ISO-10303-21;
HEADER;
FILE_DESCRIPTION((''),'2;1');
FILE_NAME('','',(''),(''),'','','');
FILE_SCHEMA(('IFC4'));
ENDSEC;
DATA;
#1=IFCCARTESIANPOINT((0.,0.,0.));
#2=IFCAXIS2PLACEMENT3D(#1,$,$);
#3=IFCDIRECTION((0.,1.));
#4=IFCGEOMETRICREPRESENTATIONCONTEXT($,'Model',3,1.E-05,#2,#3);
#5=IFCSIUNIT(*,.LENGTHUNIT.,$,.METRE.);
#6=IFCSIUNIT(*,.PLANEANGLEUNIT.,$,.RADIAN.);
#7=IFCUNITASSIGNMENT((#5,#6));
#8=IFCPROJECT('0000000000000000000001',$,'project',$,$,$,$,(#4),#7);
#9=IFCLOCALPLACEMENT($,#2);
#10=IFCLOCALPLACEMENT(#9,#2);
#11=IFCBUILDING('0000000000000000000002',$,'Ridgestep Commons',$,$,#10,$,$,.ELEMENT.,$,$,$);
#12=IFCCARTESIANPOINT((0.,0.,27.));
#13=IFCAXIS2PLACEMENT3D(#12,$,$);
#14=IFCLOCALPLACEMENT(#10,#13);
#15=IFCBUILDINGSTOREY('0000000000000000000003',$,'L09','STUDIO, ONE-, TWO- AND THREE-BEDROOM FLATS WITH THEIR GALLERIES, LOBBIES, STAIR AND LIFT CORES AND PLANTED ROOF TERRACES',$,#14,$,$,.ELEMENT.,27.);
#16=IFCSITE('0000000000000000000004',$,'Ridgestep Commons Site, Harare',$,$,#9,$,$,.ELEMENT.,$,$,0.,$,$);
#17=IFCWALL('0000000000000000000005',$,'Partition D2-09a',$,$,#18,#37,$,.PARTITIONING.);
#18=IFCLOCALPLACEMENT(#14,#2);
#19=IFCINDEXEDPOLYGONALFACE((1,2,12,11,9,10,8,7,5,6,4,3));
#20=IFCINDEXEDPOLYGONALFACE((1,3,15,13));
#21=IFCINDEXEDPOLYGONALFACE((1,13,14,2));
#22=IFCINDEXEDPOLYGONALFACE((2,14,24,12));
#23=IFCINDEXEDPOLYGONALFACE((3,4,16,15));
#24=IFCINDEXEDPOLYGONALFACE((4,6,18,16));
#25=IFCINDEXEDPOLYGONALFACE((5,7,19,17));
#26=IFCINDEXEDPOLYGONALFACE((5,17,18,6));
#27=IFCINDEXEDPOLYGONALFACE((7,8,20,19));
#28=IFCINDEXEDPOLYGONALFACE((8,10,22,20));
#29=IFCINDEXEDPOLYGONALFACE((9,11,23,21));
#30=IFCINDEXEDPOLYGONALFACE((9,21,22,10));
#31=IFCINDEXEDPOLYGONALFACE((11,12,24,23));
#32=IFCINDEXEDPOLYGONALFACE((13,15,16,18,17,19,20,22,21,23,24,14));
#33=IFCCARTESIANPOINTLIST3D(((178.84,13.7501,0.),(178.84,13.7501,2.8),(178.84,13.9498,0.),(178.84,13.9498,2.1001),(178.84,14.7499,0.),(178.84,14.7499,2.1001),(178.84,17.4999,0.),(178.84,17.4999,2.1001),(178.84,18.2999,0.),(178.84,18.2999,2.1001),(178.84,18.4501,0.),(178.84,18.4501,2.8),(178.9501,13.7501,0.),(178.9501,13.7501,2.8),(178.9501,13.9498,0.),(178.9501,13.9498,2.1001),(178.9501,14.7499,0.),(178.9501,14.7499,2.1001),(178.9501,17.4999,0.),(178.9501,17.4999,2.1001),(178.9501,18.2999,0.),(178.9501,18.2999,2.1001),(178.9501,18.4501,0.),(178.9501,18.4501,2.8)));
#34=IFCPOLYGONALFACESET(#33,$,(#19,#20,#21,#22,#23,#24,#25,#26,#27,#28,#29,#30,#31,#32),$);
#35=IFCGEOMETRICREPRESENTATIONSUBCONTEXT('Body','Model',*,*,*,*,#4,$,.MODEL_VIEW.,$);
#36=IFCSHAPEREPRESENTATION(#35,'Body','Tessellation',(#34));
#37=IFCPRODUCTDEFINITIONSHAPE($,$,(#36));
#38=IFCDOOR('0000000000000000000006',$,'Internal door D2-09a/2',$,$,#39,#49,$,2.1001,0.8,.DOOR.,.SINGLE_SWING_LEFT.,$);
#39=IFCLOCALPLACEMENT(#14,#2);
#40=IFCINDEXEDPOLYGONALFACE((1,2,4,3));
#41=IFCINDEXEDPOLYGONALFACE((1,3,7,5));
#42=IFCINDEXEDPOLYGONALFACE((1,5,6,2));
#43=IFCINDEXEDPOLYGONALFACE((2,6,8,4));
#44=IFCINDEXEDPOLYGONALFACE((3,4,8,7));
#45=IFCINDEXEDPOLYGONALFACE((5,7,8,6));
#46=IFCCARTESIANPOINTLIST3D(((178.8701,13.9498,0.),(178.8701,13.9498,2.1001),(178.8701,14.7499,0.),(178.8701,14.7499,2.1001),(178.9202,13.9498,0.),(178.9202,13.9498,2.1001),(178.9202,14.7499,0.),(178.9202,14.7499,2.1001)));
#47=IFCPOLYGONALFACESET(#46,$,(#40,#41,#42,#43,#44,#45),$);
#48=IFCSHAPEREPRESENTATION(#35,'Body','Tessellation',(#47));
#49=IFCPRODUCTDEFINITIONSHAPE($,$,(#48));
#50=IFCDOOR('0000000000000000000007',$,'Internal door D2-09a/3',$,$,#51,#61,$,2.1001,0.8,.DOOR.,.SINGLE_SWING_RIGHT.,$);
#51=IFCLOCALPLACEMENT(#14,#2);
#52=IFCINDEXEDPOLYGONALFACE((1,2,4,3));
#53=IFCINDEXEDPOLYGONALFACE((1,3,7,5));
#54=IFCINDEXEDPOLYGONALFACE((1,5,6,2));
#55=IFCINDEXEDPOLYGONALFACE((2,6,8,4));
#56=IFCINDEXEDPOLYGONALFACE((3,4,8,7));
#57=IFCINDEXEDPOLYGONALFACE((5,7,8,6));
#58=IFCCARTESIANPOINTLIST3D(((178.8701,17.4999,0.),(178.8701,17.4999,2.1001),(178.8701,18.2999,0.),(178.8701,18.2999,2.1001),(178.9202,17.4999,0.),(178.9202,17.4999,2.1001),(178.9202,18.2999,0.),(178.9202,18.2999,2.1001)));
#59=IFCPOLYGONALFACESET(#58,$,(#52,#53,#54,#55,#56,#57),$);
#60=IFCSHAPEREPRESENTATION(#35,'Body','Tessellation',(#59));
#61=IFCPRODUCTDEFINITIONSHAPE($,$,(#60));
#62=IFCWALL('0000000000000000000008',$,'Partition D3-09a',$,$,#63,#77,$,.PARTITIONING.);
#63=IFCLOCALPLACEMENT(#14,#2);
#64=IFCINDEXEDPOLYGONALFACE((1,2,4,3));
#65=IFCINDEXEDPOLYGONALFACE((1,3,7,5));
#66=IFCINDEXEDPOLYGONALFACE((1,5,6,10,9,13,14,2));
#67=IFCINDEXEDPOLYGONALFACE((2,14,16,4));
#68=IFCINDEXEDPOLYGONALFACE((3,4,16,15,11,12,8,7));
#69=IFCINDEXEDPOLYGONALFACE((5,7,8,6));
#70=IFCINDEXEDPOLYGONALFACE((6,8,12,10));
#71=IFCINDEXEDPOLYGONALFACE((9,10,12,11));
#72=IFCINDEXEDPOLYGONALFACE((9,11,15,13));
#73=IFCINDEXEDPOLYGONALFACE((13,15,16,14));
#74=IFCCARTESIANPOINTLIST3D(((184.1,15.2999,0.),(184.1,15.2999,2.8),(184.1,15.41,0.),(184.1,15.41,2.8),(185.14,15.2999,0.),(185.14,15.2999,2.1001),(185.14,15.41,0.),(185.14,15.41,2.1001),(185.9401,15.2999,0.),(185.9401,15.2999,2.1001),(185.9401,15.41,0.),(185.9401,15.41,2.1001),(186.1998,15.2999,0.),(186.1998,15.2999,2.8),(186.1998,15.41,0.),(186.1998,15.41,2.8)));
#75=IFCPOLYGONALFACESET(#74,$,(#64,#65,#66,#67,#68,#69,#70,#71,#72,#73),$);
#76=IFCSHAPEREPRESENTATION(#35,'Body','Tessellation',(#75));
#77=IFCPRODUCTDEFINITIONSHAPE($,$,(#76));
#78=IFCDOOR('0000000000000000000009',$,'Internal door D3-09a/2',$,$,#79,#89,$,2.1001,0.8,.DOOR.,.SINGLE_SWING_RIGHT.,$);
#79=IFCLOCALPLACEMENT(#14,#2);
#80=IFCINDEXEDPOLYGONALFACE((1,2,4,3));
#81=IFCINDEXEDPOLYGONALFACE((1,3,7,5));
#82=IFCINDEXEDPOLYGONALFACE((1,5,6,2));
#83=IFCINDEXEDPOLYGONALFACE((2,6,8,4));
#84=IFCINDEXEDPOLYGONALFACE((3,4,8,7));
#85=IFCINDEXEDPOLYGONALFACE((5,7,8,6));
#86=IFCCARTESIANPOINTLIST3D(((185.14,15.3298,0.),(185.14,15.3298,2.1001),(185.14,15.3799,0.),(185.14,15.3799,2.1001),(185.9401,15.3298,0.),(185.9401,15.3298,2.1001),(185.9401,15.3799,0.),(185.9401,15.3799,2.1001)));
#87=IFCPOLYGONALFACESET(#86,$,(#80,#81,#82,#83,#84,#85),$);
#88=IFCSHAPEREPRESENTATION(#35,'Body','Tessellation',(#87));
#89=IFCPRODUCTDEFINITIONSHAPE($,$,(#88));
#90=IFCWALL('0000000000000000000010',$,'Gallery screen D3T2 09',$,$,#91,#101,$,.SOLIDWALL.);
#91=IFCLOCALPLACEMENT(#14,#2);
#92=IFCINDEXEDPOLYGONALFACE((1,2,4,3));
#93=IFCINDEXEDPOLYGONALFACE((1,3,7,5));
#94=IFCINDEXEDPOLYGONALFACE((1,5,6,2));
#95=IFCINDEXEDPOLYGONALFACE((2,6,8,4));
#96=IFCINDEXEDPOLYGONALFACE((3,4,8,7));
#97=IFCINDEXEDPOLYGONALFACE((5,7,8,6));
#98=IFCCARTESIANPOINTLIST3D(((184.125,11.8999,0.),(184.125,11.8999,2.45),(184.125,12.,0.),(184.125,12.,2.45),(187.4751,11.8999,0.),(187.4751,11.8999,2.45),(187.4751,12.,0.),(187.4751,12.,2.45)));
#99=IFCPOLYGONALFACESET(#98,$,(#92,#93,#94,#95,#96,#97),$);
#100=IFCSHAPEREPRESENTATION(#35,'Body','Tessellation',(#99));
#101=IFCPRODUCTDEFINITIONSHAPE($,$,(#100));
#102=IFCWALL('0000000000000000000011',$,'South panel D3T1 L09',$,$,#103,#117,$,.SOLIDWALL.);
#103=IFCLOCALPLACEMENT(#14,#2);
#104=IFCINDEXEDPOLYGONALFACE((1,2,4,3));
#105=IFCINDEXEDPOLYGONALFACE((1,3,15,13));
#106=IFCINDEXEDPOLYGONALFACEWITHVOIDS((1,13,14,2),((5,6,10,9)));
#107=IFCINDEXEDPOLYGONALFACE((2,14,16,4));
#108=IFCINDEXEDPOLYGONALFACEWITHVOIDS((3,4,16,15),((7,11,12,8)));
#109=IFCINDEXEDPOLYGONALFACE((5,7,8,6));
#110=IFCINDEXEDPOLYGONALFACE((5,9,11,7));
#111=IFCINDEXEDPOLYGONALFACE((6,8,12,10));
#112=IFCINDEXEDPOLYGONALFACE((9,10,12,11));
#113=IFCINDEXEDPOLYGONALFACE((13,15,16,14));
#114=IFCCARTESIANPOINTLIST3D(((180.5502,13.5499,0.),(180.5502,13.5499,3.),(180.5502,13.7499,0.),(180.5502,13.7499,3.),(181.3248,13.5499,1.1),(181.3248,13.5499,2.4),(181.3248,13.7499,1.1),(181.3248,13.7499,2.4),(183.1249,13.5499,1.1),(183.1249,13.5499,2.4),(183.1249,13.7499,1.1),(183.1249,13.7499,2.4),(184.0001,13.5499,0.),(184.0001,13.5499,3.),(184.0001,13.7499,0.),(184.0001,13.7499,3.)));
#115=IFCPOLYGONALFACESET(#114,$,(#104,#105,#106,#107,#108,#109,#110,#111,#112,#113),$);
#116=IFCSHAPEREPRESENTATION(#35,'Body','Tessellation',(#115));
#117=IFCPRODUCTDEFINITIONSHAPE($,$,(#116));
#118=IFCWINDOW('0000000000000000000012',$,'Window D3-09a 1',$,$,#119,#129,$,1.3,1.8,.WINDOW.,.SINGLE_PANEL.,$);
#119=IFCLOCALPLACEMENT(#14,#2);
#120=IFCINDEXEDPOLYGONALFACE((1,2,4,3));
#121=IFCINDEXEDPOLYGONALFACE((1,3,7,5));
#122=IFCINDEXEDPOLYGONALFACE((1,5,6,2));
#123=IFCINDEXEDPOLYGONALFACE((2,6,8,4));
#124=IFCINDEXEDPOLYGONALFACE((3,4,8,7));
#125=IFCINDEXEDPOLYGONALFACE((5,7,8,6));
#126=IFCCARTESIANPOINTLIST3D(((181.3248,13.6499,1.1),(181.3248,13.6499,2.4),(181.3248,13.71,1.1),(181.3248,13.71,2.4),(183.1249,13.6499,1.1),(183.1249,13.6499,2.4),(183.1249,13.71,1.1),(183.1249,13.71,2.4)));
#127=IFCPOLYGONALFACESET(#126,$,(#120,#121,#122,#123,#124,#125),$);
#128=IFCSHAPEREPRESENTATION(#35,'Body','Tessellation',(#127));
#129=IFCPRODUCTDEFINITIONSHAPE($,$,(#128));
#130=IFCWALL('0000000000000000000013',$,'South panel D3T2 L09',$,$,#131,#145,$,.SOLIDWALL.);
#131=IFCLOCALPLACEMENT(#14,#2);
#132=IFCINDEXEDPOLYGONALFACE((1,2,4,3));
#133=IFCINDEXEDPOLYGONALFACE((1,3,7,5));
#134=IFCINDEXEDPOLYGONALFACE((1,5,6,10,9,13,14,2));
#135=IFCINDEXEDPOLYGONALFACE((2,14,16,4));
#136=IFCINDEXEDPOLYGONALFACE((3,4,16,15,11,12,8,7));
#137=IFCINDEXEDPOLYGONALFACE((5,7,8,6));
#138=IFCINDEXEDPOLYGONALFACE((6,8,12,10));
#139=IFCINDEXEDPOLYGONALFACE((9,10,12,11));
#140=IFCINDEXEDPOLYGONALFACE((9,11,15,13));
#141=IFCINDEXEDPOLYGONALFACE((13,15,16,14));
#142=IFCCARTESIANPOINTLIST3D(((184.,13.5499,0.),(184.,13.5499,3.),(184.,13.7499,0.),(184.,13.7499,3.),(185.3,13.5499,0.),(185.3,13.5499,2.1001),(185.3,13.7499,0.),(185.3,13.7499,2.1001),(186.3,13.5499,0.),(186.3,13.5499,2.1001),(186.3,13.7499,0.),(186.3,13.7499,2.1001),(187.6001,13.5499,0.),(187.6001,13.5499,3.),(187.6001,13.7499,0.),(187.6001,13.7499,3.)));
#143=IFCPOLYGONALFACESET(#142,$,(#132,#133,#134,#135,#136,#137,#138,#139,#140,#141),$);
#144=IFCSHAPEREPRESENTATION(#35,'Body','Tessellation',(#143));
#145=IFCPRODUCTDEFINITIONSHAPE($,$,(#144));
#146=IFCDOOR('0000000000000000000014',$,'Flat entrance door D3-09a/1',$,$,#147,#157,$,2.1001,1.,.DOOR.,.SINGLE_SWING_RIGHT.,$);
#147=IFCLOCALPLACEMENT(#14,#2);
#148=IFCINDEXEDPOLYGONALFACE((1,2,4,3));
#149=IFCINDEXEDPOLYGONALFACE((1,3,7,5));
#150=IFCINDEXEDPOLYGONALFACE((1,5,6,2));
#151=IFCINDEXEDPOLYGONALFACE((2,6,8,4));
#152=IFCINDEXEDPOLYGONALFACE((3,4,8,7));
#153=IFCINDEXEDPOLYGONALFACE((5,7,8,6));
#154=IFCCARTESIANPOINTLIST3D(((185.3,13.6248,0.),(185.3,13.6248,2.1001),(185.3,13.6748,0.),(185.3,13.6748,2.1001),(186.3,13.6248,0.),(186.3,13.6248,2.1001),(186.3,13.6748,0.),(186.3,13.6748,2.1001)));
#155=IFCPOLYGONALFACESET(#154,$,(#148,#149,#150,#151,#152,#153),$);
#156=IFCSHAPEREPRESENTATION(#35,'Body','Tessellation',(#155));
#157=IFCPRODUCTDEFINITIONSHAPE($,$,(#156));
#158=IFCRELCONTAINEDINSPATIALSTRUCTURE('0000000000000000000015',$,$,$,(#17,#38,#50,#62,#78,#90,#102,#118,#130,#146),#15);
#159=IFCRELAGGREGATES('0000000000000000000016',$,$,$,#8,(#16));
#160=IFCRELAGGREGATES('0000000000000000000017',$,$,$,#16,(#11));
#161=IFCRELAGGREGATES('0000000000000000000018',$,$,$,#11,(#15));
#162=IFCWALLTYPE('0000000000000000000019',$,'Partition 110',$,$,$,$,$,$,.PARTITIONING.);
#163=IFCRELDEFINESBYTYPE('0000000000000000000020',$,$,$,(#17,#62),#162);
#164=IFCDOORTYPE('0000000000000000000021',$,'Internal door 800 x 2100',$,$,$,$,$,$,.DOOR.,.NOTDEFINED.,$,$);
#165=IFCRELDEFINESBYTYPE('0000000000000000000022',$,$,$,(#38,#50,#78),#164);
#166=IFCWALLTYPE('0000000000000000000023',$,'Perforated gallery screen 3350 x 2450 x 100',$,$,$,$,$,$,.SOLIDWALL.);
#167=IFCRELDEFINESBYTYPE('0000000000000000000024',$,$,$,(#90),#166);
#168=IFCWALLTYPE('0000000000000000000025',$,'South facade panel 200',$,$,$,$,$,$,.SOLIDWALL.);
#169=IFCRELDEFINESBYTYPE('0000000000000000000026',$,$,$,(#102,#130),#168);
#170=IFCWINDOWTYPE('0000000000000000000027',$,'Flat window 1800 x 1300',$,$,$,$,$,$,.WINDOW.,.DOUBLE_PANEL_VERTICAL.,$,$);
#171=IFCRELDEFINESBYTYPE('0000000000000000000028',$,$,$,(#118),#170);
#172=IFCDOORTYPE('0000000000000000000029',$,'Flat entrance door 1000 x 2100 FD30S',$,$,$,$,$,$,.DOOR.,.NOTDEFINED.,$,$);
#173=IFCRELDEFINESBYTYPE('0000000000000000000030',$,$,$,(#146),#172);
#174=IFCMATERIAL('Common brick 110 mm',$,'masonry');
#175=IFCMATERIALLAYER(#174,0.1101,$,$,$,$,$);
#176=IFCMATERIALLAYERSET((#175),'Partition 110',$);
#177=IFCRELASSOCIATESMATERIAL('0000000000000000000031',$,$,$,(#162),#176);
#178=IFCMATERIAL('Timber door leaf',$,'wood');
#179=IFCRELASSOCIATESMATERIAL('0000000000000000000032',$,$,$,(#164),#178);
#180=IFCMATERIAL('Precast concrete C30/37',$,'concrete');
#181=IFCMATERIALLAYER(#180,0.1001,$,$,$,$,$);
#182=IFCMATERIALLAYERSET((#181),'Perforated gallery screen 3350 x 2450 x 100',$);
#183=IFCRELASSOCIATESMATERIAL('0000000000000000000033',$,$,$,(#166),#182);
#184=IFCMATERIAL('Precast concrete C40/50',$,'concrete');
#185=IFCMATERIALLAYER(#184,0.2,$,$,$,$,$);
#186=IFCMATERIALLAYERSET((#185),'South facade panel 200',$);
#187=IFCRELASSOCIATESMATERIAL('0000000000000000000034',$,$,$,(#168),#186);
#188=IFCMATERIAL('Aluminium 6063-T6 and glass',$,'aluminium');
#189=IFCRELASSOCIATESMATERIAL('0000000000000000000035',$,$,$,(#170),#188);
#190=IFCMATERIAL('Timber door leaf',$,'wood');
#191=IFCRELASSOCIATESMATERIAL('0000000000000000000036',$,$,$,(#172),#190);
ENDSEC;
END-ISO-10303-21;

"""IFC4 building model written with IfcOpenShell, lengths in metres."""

from ifc_helpers import new_model, si_unit, direction, frame, frame_2d, origin, place, context, subcontext, project, spatial, rectangle, extrude, material, layer, layer_set, type_object, element, fill, save


model = new_model("IFC4")

# Units and contexts
model_context = context("Model", 3, precision=1e-05, world=origin(), true_north=direction((0.0, 1.0)))
body_context = subcontext(model_context, "Body", "Model", "MODEL_VIEW")
ifc_project = project(units=[si_unit("LENGTHUNIT", "METRE"), si_unit("PLANEANGLEUNIT", "RADIAN")], contexts=[model_context])

# Site, building, storey
site_placement = place(None, origin())
site = spatial("IfcSite", under=ifc_project, at=site_placement, Name="Ridgestep Commons Site, Harare", CompositionType="ELEMENT", RefElevation=0.0)
building_placement = place(site_placement, origin())
building = spatial("IfcBuilding", under=site, at=building_placement, Name="Ridgestep Commons", CompositionType="ELEMENT")
storey_placement = place(building_placement, frame((0.0, 0.0, 27.0)))
storey = spatial("IfcBuildingStorey", under=building, at=storey_placement, Name="L09", Description="STUDIO, ONE-, TWO- AND THREE-BEDROOM FLATS WITH THEIR GALLERIES, LOBBIES, STAIR AND LIFT CORES AND PLANTED ROOF TERRACES", CompositionType="ELEMENT", Elevation=27.0)

# Wall, openings, doors
ifc_material_1 = material(Name="Common brick 110 mm", Category="masonry")
ifc_layer_1 = layer(ifc_material_1, 0.1101)
ifc_layer_set_1 = layer_set([ifc_layer_1], Name="Partition 110")
wall_type_1 = type_object("IfcWallType", Name="Partition 110", PredefinedType="PARTITIONING", material=ifc_layer_set_1)
wall_1_placement = place(storey_placement, frame((178.895, 13.75, 0.0), z_axis=(0.0, 0.0, 1.0), x_axis=(0.0, 1.0, 0.0)))
wall_1 = element("IfcWall", 1, at=wall_1_placement, inside=storey, type_object=wall_type_1, Name="Partition D2-09a", PredefinedType="PARTITIONING", context=body_context, shape_type="SweptSolid", body=[
    extrude(rectangle(XDim=4.7, YDim=0.1101, at=frame_2d((2.3501, 0.0))), origin(), (0.0, 0.0, 1.0), 2.8),
])
opening_1_placement = place(wall_1_placement, frame((0.2, 0.0, 0.0)))
opening_1 = element("IfcOpeningElement", 2, at=opening_1_placement, cuts=wall_1, PredefinedType="OPENING", context=body_context, shape_type="SweptSolid", body=[
    extrude(rectangle(XDim=0.8, YDim=2.1001, at=frame_2d((0.3999, 1.05))), frame((0.0, 0.0649, 0.0), z_axis=(0.0, -1.0, 0.0), x_axis=(1.0, 0.0, 0.0)), (0.0, 0.0, 1.0), 0.1301),
])
opening_2_placement = place(wall_1_placement, frame((3.75, 0.0, 0.0)))
opening_2 = element("IfcOpeningElement", 3, at=opening_2_placement, cuts=wall_1, PredefinedType="OPENING", context=body_context, shape_type="SweptSolid", body=[
    extrude(rectangle(XDim=0.8, YDim=2.1001, at=frame_2d((0.3999, 1.05))), frame((0.0, 0.0649, 0.0), z_axis=(0.0, -1.0, 0.0), x_axis=(1.0, 0.0, 0.0)), (0.0, 0.0, 1.0), 0.1301),
])
ifc_material_2 = material(Name="Timber door leaf", Category="wood")
door_type_1 = type_object("IfcDoorType", Name="Internal door 800 x 2100", OperationType="NOTDEFINED", PredefinedType="DOOR", material=ifc_material_2)
door_1_placement = place(opening_1_placement, origin())
door_1 = element("IfcDoor", 4, at=door_1_placement, inside=storey, type_object=door_type_1, Name="Internal door D2-09a/2", OperationType="SINGLE_SWING_LEFT", OverallHeight=2.1001, OverallWidth=0.8, PredefinedType="DOOR", context=body_context, shape_type="SweptSolid", body=[
    extrude(rectangle(XDim=0.8, YDim=2.1001, at=frame_2d((0.3999, 1.05))), frame((0.0, 0.0249, 0.0), z_axis=(0.0, -1.0, 0.0), x_axis=(1.0, 0.0, 0.0)), (0.0, 0.0, 1.0), 0.05),
])
fill(opening_1, door_1)
door_2_placement = place(opening_2_placement, origin())
door_2 = element("IfcDoor", 5, at=door_2_placement, inside=storey, type_object=door_type_1, Name="Internal door D2-09a/3", OperationType="SINGLE_SWING_RIGHT", OverallHeight=2.1001, OverallWidth=0.8, PredefinedType="DOOR", context=body_context, shape_type="SweptSolid", body=[
    extrude(rectangle(XDim=0.8, YDim=2.1001, at=frame_2d((0.3999, 1.05))), frame((0.0, 0.0249, 0.0), z_axis=(0.0, -1.0, 0.0), x_axis=(1.0, 0.0, 0.0)), (0.0, 0.0, 1.0), 0.05),
])
fill(opening_2, door_2)

# Wall, opening, door
wall_2_placement = place(storey_placement, frame((184.1001, 15.355, 0.0), z_axis=(0.0, 0.0, 1.0), x_axis=(1.0, 0.0, 0.0)))
wall_2 = element("IfcWall", 6, at=wall_2_placement, inside=storey, type_object=wall_type_1, Name="Partition D3-09a", PredefinedType="PARTITIONING", context=body_context, shape_type="SweptSolid", body=[
    extrude(rectangle(XDim=2.0999, YDim=0.1101, at=frame_2d((1.0498, 0.0))), origin(), (0.0, 0.0, 1.0), 2.8),
])
opening_3_placement = place(wall_2_placement, frame((1.04, 0.0, 0.0)))
opening_3 = element("IfcOpeningElement", 7, at=opening_3_placement, cuts=wall_2, PredefinedType="OPENING", context=body_context, shape_type="SweptSolid", body=[
    extrude(rectangle(XDim=0.8, YDim=2.1001, at=frame_2d((0.3999, 1.05))), frame((0.0, 0.0649, 0.0), z_axis=(0.0, -1.0, 0.0), x_axis=(1.0, 0.0, 0.0)), (0.0, 0.0, 1.0), 0.1301),
])
door_3_placement = place(opening_3_placement, origin())
door_3 = element("IfcDoor", 8, at=door_3_placement, inside=storey, type_object=door_type_1, Name="Internal door D3-09a/2", OperationType="SINGLE_SWING_RIGHT", OverallHeight=2.1001, OverallWidth=0.8, PredefinedType="DOOR", context=body_context, shape_type="SweptSolid", body=[
    extrude(rectangle(XDim=0.8, YDim=2.1001, at=frame_2d((0.3999, 1.05))), frame((0.0, 0.0249, 0.0), z_axis=(0.0, -1.0, 0.0), x_axis=(1.0, 0.0, 0.0)), (0.0, 0.0, 1.0), 0.05),
])
fill(opening_3, door_3)

# Wall
ifc_material_3 = material(Name="Precast concrete C30/37", Category="concrete")
ifc_layer_2 = layer(ifc_material_3, 0.1001)
ifc_layer_set_2 = layer_set([ifc_layer_2], Name="Perforated gallery screen 3350 x 2450 x 100")
wall_type_2 = type_object("IfcWallType", Name="Perforated gallery screen 3350 x 2450 x 100", PredefinedType="SOLIDWALL", material=ifc_layer_set_2)
wall_3_placement = place(storey_placement, frame((184.125, 11.95, 0.0), z_axis=(0.0, 0.0, 1.0), x_axis=(1.0, 0.0, 0.0)))
element("IfcWall", 9, at=wall_3_placement, inside=storey, type_object=wall_type_2, Name="Gallery screen D3T2 09", PredefinedType="SOLIDWALL", context=body_context, shape_type="SweptSolid", body=[
    extrude(rectangle(XDim=3.3501, YDim=0.1001, at=frame_2d((1.675, 0.0))), origin(), (0.0, 0.0, 1.0), 2.45),
])

# Wall, opening, window
ifc_material_4 = material(Name="Precast concrete C40/50", Category="concrete")
ifc_layer_3 = layer(ifc_material_4, 0.2)
ifc_layer_set_3 = layer_set([ifc_layer_3], Name="South facade panel 200")
wall_type_3 = type_object("IfcWallType", Name="South facade panel 200", PredefinedType="SOLIDWALL", material=ifc_layer_set_3)
wall_4_placement = place(storey_placement, frame((180.55, 13.6499, 0.0), z_axis=(0.0, 0.0, 1.0), x_axis=(1.0, 0.0, 0.0)))
wall_4 = element("IfcWall", 10, at=wall_4_placement, inside=storey, type_object=wall_type_3, Name="South panel D3T1 L09", PredefinedType="SOLIDWALL", context=body_context, shape_type="SweptSolid", body=[
    extrude(rectangle(XDim=3.45, YDim=0.2, at=frame_2d((1.7251, 0.0))), origin(), (0.0, 0.0, 1.0), 3.0),
])
opening_4_placement = place(wall_4_placement, frame((0.7749, 0.0, 1.1001)))
opening_4 = element("IfcOpeningElement", 11, at=opening_4_placement, cuts=wall_4, PredefinedType="OPENING", context=body_context, shape_type="SweptSolid", body=[
    extrude(rectangle(XDim=1.8, YDim=1.3, at=frame_2d((0.8999, 0.6499))), frame((0.0, 0.1099, 0.0), z_axis=(0.0, -1.0, 0.0), x_axis=(1.0, 0.0, 0.0)), (0.0, 0.0, 1.0), 0.22),
])
ifc_material_5 = material(Name="Aluminium 6063-T6 and glass", Category="aluminium")
window_type = type_object("IfcWindowType", Name="Flat window 1800 x 1300", PartitioningType="DOUBLE_PANEL_VERTICAL", PredefinedType="WINDOW", material=ifc_material_5)
window_placement = place(opening_4_placement, origin())
window = element("IfcWindow", 12, at=window_placement, inside=storey, type_object=window_type, Name="Window D3-09a 1", OverallHeight=1.3, OverallWidth=1.8, PartitioningType="SINGLE_PANEL", PredefinedType="WINDOW", context=body_context, shape_type="SweptSolid", body=[
    extrude(rectangle(XDim=1.8, YDim=1.3, at=frame_2d((0.8999, 0.6499))), frame((0.0, 0.0601, 0.0), z_axis=(0.0, -1.0, 0.0), x_axis=(1.0, 0.0, 0.0)), (0.0, 0.0, 1.0), 0.0601),
])
fill(opening_4, window)

# Wall, opening, door
wall_5_placement = place(storey_placement, frame((184.0, 13.6499, 0.0), z_axis=(0.0, 0.0, 1.0), x_axis=(1.0, 0.0, 0.0)))
wall_5 = element("IfcWall", 13, at=wall_5_placement, inside=storey, type_object=wall_type_3, Name="South panel D3T2 L09", PredefinedType="SOLIDWALL", context=body_context, shape_type="SweptSolid", body=[
    extrude(rectangle(XDim=3.6001, YDim=0.2, at=frame_2d((1.8, 0.0))), origin(), (0.0, 0.0, 1.0), 3.0),
])
opening_5_placement = place(wall_5_placement, frame((1.3, 0.0, 0.0)))
opening_5 = element("IfcOpeningElement", 14, at=opening_5_placement, cuts=wall_5, PredefinedType="OPENING", context=body_context, shape_type="SweptSolid", body=[
    extrude(rectangle(XDim=1.0, YDim=2.1001, at=frame_2d((0.5, 1.05))), frame((0.0, 0.1099, 0.0), z_axis=(0.0, -1.0, 0.0), x_axis=(1.0, 0.0, 0.0)), (0.0, 0.0, 1.0), 0.22),
])
ifc_material_6 = material(Name="Timber door leaf", Category="wood")
door_type_2 = type_object("IfcDoorType", Name="Flat entrance door 1000 x 2100 FD30S", OperationType="NOTDEFINED", PredefinedType="DOOR", material=ifc_material_6)
door_4_placement = place(opening_5_placement, origin())
door_4 = element("IfcDoor", 15, at=door_4_placement, inside=storey, type_object=door_type_2, Name="Flat entrance door D3-09a/1", OperationType="SINGLE_SWING_RIGHT", OverallHeight=2.1001, OverallWidth=1.0, PredefinedType="DOOR", context=body_context, shape_type="SweptSolid", body=[
    extrude(rectangle(XDim=1.0, YDim=2.1001, at=frame_2d((0.5, 1.05))), frame((0.0, 0.0249, 0.0), z_axis=(0.0, -1.0, 0.0), x_axis=(1.0, 0.0, 0.0)), (0.0, 0.0, 1.0), 0.05),
])
fill(opening_5, door_4)

save(model, "model.ifc")
